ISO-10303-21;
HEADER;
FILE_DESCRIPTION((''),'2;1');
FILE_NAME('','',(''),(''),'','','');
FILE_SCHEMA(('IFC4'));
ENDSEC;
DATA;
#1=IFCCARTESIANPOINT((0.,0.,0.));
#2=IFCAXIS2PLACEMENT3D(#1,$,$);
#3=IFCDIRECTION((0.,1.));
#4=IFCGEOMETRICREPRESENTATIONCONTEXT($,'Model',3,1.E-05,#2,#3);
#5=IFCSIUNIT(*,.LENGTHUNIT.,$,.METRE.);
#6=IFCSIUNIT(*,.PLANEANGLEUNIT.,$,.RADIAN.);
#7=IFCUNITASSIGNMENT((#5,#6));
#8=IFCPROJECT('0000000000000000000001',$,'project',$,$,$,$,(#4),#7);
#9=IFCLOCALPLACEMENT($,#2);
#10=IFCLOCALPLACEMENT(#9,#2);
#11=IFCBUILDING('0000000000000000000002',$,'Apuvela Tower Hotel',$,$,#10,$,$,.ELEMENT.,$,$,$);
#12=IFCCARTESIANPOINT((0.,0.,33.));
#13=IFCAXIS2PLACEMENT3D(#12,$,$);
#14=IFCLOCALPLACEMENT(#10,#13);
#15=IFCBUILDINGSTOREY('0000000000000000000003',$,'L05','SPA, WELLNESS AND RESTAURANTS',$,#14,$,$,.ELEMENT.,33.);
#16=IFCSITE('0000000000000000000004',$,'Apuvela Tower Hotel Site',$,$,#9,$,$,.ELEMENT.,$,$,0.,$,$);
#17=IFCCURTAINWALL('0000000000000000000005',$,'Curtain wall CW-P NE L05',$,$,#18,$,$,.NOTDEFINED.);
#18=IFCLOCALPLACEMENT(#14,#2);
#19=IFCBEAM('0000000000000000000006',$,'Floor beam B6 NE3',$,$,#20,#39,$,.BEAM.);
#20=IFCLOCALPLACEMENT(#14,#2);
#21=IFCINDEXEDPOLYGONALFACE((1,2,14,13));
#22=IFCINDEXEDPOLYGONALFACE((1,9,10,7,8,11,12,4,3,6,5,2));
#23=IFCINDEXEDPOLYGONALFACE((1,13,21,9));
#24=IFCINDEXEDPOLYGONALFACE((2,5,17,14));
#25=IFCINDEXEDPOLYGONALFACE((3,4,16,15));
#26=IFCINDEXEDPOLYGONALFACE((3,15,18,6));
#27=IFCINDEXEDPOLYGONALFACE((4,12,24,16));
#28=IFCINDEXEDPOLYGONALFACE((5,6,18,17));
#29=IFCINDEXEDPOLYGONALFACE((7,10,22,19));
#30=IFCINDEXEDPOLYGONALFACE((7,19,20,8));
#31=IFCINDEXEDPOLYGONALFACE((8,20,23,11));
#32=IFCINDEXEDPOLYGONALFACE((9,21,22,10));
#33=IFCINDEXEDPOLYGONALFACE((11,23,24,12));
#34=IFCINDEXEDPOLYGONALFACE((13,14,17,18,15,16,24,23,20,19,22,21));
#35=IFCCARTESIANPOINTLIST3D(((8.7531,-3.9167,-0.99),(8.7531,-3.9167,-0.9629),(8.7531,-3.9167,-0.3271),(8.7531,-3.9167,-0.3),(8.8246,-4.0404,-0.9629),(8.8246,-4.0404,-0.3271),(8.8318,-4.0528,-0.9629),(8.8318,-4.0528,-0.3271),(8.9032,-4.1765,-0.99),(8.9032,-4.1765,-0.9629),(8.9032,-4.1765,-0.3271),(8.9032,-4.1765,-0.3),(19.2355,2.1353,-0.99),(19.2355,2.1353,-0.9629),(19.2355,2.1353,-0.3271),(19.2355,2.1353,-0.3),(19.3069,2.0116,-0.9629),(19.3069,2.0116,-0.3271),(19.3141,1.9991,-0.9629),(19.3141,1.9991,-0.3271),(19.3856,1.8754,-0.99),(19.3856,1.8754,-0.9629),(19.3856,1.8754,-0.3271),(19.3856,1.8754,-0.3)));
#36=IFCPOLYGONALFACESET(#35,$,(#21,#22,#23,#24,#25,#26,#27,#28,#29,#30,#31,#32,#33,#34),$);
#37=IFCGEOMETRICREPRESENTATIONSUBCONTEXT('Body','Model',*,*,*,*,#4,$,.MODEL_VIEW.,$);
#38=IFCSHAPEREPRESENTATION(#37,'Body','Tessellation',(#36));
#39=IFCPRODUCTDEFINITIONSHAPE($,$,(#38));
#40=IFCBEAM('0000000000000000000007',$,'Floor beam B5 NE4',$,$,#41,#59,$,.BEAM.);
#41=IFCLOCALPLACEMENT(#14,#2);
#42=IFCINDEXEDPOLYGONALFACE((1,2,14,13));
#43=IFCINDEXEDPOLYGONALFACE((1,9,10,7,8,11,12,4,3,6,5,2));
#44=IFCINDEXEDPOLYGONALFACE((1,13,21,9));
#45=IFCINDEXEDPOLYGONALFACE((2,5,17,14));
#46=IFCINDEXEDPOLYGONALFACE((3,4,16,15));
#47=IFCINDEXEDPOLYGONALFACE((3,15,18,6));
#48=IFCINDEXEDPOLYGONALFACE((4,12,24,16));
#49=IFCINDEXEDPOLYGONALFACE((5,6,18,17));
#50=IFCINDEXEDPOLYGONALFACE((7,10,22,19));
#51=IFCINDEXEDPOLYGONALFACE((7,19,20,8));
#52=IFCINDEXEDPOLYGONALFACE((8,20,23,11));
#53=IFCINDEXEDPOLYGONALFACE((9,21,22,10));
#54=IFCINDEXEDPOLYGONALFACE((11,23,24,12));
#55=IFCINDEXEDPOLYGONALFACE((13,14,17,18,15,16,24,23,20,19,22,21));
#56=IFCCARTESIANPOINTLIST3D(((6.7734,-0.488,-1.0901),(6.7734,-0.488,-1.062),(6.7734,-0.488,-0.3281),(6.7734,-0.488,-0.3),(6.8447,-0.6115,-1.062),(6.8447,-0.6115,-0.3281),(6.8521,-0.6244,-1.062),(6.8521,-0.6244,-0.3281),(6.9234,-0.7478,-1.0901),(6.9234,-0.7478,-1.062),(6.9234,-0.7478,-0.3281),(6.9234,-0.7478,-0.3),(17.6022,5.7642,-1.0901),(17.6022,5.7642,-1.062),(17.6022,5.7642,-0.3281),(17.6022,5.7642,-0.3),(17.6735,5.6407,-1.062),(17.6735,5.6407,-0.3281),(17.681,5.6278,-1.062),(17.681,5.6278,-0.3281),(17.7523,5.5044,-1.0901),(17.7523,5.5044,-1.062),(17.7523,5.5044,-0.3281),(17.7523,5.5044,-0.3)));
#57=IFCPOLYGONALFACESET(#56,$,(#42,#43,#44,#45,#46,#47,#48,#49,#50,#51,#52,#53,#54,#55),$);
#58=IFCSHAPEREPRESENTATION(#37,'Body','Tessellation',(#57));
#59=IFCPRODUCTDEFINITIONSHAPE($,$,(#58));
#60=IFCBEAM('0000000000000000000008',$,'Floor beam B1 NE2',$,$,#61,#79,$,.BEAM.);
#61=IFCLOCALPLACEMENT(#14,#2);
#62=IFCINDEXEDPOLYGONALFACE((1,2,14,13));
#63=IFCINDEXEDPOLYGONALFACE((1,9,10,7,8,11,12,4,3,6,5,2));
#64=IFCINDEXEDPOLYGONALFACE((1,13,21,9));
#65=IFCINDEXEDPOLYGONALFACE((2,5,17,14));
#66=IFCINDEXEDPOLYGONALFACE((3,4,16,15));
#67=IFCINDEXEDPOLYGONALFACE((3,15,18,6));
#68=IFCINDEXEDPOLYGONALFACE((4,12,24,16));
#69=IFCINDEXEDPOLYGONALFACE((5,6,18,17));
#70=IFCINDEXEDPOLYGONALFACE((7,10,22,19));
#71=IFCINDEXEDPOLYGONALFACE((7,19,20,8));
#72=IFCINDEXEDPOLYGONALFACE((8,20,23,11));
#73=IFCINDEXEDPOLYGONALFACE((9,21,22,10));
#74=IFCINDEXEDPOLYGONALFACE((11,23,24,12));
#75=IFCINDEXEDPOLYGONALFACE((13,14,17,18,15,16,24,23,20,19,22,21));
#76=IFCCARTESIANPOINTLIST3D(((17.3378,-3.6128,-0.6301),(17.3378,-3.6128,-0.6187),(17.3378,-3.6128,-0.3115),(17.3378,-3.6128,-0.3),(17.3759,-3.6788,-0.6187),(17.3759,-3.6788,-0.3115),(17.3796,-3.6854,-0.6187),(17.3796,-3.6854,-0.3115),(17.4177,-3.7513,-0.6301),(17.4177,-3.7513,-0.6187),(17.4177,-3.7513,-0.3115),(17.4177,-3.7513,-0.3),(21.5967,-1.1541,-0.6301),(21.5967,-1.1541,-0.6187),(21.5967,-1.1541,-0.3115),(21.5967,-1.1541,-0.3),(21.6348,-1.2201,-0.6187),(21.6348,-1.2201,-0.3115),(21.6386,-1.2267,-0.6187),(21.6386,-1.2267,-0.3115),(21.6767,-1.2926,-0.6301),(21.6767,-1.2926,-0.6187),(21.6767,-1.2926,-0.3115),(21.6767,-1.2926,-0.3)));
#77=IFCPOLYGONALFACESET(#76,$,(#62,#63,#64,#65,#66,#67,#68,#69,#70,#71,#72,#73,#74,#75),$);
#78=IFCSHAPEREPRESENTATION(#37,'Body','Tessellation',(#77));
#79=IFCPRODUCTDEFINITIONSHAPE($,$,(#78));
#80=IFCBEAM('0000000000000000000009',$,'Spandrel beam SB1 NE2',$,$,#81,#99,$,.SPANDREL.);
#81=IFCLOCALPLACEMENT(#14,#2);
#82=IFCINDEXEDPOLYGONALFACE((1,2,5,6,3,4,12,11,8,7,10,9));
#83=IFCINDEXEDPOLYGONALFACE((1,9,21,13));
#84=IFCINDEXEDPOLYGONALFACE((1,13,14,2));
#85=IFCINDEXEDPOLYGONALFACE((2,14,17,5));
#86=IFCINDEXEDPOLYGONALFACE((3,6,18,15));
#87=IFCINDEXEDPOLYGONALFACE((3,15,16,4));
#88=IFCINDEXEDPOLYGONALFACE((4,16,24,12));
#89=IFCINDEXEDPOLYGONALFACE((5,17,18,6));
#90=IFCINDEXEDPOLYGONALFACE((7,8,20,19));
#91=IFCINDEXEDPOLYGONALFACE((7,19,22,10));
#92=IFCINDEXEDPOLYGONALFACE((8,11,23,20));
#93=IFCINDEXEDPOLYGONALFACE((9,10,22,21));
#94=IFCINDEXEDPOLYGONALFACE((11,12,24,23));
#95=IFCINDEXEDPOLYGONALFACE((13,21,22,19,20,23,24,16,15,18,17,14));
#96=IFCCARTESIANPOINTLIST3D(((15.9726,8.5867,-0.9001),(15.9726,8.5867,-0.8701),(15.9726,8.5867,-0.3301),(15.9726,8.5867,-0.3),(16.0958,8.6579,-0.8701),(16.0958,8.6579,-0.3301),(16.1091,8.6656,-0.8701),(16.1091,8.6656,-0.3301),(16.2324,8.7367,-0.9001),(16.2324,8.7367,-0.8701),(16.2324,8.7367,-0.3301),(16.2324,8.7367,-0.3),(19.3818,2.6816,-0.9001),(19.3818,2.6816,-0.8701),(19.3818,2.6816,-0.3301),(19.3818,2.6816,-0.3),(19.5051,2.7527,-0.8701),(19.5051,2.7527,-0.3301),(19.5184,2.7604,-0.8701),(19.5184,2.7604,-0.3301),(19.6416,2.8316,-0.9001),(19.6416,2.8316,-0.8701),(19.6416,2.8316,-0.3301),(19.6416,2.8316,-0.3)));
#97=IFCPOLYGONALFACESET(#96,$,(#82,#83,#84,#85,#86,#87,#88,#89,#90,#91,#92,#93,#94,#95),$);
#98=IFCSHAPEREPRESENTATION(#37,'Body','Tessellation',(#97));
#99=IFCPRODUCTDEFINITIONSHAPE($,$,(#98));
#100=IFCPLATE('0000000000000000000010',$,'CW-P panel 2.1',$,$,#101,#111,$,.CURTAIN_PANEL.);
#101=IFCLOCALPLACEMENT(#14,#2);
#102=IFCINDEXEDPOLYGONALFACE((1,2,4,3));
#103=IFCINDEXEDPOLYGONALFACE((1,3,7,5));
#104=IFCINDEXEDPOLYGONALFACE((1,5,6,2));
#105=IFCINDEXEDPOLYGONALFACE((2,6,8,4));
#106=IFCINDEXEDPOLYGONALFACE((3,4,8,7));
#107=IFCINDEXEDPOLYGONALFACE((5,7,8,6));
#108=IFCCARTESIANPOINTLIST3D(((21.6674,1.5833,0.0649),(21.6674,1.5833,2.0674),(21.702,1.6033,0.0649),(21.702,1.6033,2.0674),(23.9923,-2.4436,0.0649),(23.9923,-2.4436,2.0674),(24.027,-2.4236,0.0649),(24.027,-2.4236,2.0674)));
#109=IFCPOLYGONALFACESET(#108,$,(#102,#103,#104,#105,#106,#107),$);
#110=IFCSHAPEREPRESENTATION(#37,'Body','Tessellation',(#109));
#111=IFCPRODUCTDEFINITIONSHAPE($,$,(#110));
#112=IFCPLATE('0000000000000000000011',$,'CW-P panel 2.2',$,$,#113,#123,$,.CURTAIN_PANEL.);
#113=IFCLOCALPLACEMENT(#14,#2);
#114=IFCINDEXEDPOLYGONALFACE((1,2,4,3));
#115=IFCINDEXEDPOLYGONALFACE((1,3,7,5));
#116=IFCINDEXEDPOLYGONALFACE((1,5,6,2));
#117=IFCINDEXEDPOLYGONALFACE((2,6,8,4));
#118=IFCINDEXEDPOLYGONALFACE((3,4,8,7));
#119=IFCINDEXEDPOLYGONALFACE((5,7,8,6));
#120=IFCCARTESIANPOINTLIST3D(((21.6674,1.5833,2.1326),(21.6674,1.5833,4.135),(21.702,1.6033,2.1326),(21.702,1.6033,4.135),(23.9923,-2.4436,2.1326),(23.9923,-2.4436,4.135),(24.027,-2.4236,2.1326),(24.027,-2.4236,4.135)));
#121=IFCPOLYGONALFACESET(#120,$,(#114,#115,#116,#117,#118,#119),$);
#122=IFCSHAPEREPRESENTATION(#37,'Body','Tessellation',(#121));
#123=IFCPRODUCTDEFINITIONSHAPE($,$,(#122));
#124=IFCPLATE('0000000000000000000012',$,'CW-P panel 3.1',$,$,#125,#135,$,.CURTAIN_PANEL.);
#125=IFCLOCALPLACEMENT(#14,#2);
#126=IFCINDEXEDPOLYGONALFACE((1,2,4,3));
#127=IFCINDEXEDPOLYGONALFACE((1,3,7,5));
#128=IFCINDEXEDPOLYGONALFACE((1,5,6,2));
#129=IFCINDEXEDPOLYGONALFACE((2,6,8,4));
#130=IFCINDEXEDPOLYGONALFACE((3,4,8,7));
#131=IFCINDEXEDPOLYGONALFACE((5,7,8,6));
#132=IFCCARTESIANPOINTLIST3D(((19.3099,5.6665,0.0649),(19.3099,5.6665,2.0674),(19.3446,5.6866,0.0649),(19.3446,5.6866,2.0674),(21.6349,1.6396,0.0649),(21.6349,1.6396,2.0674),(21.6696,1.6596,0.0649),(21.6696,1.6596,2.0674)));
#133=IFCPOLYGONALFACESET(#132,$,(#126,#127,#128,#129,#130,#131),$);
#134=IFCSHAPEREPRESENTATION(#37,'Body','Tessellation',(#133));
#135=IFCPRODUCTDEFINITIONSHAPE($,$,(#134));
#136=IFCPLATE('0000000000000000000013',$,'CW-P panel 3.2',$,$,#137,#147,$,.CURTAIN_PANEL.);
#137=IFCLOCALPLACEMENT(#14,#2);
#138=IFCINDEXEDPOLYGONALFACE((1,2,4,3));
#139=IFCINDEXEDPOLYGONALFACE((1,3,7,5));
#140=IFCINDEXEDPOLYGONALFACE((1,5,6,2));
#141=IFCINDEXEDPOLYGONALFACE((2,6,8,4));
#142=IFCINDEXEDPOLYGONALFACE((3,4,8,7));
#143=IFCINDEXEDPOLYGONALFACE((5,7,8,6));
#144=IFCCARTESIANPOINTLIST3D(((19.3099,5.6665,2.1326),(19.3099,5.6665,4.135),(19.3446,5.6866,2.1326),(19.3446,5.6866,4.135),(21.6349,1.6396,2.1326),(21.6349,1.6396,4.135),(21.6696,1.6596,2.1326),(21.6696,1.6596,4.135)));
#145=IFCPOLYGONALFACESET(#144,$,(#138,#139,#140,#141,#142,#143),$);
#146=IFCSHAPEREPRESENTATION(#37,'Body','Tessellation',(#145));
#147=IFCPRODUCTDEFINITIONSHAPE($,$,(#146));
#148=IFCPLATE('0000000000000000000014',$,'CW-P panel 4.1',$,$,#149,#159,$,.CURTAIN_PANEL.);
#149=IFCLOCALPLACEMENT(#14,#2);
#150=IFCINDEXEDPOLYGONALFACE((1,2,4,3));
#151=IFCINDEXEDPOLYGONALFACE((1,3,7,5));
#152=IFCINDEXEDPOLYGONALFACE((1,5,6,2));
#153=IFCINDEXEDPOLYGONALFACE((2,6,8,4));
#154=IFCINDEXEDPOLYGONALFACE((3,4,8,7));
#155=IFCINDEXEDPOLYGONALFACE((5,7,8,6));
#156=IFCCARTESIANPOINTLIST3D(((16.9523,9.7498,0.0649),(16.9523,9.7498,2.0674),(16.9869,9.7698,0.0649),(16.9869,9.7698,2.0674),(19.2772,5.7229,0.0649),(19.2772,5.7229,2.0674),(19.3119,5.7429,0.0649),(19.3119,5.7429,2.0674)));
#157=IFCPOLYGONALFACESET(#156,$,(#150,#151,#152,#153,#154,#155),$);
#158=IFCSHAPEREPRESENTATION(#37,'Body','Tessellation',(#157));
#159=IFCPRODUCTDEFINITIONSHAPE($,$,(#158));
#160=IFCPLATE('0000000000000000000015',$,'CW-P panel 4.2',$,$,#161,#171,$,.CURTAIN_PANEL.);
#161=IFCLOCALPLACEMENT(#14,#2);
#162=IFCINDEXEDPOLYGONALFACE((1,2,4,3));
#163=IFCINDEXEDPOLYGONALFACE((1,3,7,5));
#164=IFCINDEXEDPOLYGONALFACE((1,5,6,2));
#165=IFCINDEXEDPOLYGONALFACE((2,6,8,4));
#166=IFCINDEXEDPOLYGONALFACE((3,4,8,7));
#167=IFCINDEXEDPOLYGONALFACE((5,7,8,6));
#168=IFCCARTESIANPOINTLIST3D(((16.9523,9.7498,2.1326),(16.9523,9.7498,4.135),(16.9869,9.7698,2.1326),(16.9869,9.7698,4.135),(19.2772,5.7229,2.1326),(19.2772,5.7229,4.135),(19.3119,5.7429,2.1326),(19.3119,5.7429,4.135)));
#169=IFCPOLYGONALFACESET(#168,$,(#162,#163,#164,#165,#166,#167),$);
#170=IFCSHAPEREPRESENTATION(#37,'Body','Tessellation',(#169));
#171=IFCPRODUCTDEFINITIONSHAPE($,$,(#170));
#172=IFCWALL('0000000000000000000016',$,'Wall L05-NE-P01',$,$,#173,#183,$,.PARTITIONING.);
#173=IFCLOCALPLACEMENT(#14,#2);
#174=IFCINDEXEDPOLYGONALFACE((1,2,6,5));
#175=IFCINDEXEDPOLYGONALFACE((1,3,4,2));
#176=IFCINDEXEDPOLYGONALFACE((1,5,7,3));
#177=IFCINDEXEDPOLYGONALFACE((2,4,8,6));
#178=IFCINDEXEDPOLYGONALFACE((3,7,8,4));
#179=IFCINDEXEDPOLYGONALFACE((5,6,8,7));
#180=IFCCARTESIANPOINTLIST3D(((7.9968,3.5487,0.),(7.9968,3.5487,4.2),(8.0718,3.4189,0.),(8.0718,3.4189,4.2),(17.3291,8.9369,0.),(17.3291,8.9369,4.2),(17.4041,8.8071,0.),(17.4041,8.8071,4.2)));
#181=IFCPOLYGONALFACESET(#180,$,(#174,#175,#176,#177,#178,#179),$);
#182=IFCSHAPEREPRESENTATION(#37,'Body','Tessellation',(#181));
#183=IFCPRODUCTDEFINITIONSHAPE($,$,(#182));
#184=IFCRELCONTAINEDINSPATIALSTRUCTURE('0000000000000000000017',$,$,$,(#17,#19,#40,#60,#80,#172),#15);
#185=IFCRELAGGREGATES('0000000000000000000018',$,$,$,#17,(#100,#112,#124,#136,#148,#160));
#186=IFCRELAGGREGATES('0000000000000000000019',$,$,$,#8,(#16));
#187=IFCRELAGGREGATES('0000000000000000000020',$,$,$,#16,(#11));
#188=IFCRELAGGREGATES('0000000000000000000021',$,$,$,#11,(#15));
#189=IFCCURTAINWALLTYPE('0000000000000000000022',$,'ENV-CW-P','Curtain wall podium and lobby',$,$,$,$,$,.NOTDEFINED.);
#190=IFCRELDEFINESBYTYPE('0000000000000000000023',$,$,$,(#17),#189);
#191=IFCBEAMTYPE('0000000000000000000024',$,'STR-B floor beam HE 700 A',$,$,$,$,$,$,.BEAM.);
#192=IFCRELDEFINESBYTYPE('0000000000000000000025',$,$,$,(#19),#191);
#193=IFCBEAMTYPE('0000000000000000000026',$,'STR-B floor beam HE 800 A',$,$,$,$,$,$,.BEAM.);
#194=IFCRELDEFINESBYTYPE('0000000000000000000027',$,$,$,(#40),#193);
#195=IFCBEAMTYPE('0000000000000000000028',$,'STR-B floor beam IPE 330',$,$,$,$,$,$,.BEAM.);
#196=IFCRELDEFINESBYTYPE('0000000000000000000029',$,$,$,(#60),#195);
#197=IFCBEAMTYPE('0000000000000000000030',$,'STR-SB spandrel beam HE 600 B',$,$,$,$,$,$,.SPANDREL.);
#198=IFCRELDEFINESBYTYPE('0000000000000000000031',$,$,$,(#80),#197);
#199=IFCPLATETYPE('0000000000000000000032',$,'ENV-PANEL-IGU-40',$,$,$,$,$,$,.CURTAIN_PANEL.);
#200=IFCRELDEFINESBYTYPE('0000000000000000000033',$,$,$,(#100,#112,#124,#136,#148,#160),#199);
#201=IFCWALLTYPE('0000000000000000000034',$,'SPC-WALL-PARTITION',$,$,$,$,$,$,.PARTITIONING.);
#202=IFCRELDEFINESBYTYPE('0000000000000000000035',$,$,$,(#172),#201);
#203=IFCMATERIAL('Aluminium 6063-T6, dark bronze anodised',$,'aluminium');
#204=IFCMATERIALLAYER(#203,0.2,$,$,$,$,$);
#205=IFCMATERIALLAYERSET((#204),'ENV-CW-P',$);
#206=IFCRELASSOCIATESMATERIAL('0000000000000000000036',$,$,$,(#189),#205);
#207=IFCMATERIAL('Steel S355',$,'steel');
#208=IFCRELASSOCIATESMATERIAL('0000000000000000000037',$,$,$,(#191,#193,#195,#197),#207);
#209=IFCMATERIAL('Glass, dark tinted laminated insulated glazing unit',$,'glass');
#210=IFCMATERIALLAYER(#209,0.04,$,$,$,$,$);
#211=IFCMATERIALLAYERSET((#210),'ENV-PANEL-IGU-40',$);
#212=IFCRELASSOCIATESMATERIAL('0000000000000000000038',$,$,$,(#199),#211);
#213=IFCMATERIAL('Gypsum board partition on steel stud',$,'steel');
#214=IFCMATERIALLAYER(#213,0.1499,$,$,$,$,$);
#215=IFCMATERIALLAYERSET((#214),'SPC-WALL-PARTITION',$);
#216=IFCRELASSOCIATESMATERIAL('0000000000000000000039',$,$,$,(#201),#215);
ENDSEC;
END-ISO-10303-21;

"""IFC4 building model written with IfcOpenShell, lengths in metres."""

from ifc_helpers import new_model, si_unit, direction, frame, frame_2d, origin, origin_2d, place, context, subcontext, project, spatial, rectangle, i_section, extrude, material, layer, layer_set, material_profile, profile_set, type_object, element, aggregate, save


model = new_model("IFC4")

# Units and contexts
model_context = context("Model", 3, precision=1e-05, world=origin(), true_north=direction((0.0, 1.0)))
body_context = subcontext(model_context, "Body", "Model", "MODEL_VIEW")
ifc_project = project(units=[si_unit("LENGTHUNIT", "METRE"), si_unit("PLANEANGLEUNIT", "RADIAN")], contexts=[model_context])

# Site, building, storey
site_placement = place(None, origin())
site = spatial("IfcSite", under=ifc_project, at=site_placement, Name="Apuvela Tower Hotel Site", CompositionType="ELEMENT", RefElevation=0.0)
building_placement = place(site_placement, origin())
building = spatial("IfcBuilding", under=site, at=building_placement, Name="Apuvela Tower Hotel", CompositionType="ELEMENT")
storey_placement = place(building_placement, frame((0.0, 0.0, 33.0)))
storey = spatial("IfcBuildingStorey", under=building, at=storey_placement, Name="L05", Description="SPA, WELLNESS AND RESTAURANTS", CompositionType="ELEMENT", Elevation=33.0)

# Curtain wall
ifc_material_1 = material(Name="Aluminium 6063-T6, dark bronze anodised", Category="aluminium")
ifc_layer_1 = layer(ifc_material_1, 0.2)
ifc_layer_set_1 = layer_set([ifc_layer_1], Name="ENV-CW-P")
curtain_wall_type = type_object("IfcCurtainWallType", Name="ENV-CW-P", Description="Curtain wall podium and lobby", PredefinedType="NOTDEFINED", material=ifc_layer_set_1)
curtain_wall_placement = place(storey_placement, origin())
curtain_wall = element("IfcCurtainWall", 1, at=curtain_wall_placement, inside=storey, type_object=curtain_wall_type, Name="Curtain wall CW-P NE L05", PredefinedType="NOTDEFINED")

# Beams
ifc_material_2 = material(Name="Steel S355", Category="steel")
ifc_material_profile_1 = material_profile(ifc_material_2, i_section(OverallWidth=0.3, OverallDepth=0.6899, WebThickness=0.0144, FlangeThickness=0.0271, at=origin_2d()), Name="HE 700 A")
ifc_profile_set_1 = profile_set([ifc_material_profile_1], Name="Steel S355")
beam_type_1 = type_object("IfcBeamType", Name="STR-B floor beam HE 700 A", PredefinedType="BEAM", material=ifc_profile_set_1)
beam_1_placement = place(storey_placement, frame((19.3105, 2.0054, -0.645), z_axis=(-0.866026, -0.499998, 0.0), x_axis=(0.499998, -0.866026, 0.0)))
element("IfcBeam", 2, at=beam_1_placement, inside=storey, type_object=beam_type_1, Name="Floor beam B6 NE3", PredefinedType="BEAM", context=body_context, shape_type="SweptSolid", body=[
    extrude(i_section(OverallWidth=0.3, OverallDepth=0.6899, WebThickness=0.0144, FlangeThickness=0.0271, at=origin_2d()), origin(), (0.0, 0.0, 1.0), 12.104),
])
ifc_material_profile_2 = material_profile(ifc_material_2, i_section(OverallWidth=0.3, OverallDepth=0.79, WebThickness=0.0149, FlangeThickness=0.0281, at=origin_2d()), Name="HE 800 A")
ifc_profile_set_2 = profile_set([ifc_material_profile_2], Name="Steel S355")
beam_type_2 = type_object("IfcBeamType", Name="STR-B floor beam HE 800 A", PredefinedType="BEAM", material=ifc_profile_set_2)
beam_2_placement = place(storey_placement, frame((17.6772, 5.6343, -0.6951), z_axis=(-0.86602, -0.500009, 0.0), x_axis=(0.500009, -0.86602, 0.0)))
element("IfcBeam", 3, at=beam_2_placement, inside=storey, type_object=beam_type_2, Name="Floor beam B5 NE4", PredefinedType="BEAM", context=body_context, shape_type="SweptSolid", body=[
    extrude(i_section(OverallWidth=0.3, OverallDepth=0.79, WebThickness=0.0149, FlangeThickness=0.0281, at=origin_2d()), origin(), (0.0, 0.0, 1.0), 12.5042),
])
ifc_material_profile_3 = material_profile(ifc_material_2, i_section(OverallWidth=0.1599, OverallDepth=0.3301, WebThickness=0.0076, FlangeThickness=0.0115, at=origin_2d()), Name="IPE 330")
ifc_profile_set_3 = profile_set([ifc_material_profile_3], Name="Steel S355")
beam_type_3 = type_object("IfcBeamType", Name="STR-B floor beam IPE 330", PredefinedType="BEAM", material=ifc_profile_set_3)
beam_3_placement = place(storey_placement, frame((21.6367, -1.2234, -0.4651), z_axis=(-0.866044, -0.499967, 0.0), x_axis=(0.499967, -0.866044, 0.0)))
element("IfcBeam", 4, at=beam_3_placement, inside=storey, type_object=beam_type_3, Name="Floor beam B1 NE2", PredefinedType="BEAM", context=body_context, shape_type="SweptSolid", body=[
    extrude(i_section(OverallWidth=0.1599, OverallDepth=0.3301, WebThickness=0.0076, FlangeThickness=0.0115, at=origin_2d()), origin(), (0.0, 0.0, 1.0), 4.9177),
])
ifc_material_profile_4 = material_profile(ifc_material_2, i_section(OverallWidth=0.3, OverallDepth=0.6001, WebThickness=0.0154, FlangeThickness=0.03, at=origin_2d()), Name="HE 600 B")
ifc_profile_set_4 = profile_set([ifc_material_profile_4], Name="Steel S355")
beam_type_4 = type_object("IfcBeamType", Name="STR-SB spandrel beam HE 600 B", PredefinedType="SPANDREL", material=ifc_profile_set_4)
beam_4_placement = place(storey_placement, frame((19.5117, 2.7566, -0.6001), z_axis=(-0.49999, 0.866031, 0.0), x_axis=(-0.866031, -0.49999, 0.0)))
element("IfcBeam", 5, at=beam_4_placement, inside=storey, type_object=beam_type_4, Name="Spandrel beam SB1 NE2", PredefinedType="SPANDREL", context=body_context, shape_type="SweptSolid", body=[
    extrude(i_section(OverallWidth=0.3, OverallDepth=0.6001, WebThickness=0.0154, FlangeThickness=0.03, at=origin_2d()), origin(), (0.0, 0.0, 1.0), 6.8186),
])

# Plates
ifc_material_3 = material(Name="Glass, dark tinted laminated insulated glazing unit", Category="glass")
ifc_layer_2 = layer(ifc_material_3, 0.04)
ifc_layer_set_2 = layer_set([ifc_layer_2], Name="ENV-PANEL-IGU-40")
plate_type = type_object("IfcPlateType", Name="ENV-PANEL-IGU-40", PredefinedType="CURTAIN_PANEL", material=ifc_layer_set_2)
plate_1_placement = place(storey_placement, frame((22.8472, -0.4202, 0.0649), z_axis=(0.0, 0.0, 1.0), x_axis=(-0.5, 0.866026, 0.0)))
plate_1 = element("IfcPlate", 6, at=plate_1_placement, type_object=plate_type, Name="CW-P panel 2.1", PredefinedType="CURTAIN_PANEL", context=body_context, shape_type="SweptSolid", body=[
    extrude(rectangle(XDim=4.6499, YDim=0.04, at=origin_2d()), origin(), (0.0, 0.0, 1.0), 2.0024),
])
plate_2_placement = place(storey_placement, frame((22.8472, -0.4202, 2.1326), z_axis=(0.0, 0.0, 1.0), x_axis=(-0.5, 0.866026, 0.0)))
plate_2 = element("IfcPlate", 7, at=plate_2_placement, type_object=plate_type, Name="CW-P panel 2.2", PredefinedType="CURTAIN_PANEL", context=body_context, shape_type="SweptSolid", body=[
    extrude(rectangle(XDim=4.6499, YDim=0.04, at=origin_2d()), origin(), (0.0, 0.0, 1.0), 2.0024),
])
plate_3_placement = place(storey_placement, frame((20.4897, 3.6631, 0.0649), z_axis=(0.0, 0.0, 1.0), x_axis=(-0.5, 0.866026, 0.0)))
plate_3 = element("IfcPlate", 8, at=plate_3_placement, type_object=plate_type, Name="CW-P panel 3.1", PredefinedType="CURTAIN_PANEL", context=body_context, shape_type="SweptSolid", body=[
    extrude(rectangle(XDim=4.6499, YDim=0.04, at=origin_2d()), origin(), (0.0, 0.0, 1.0), 2.0024),
])
plate_4_placement = place(storey_placement, frame((20.4897, 3.6631, 2.1326), z_axis=(0.0, 0.0, 1.0), x_axis=(-0.5, 0.866026, 0.0)))
plate_4 = element("IfcPlate", 9, at=plate_4_placement, type_object=plate_type, Name="CW-P panel 3.2", PredefinedType="CURTAIN_PANEL", context=body_context, shape_type="SweptSolid", body=[
    extrude(rectangle(XDim=4.6499, YDim=0.04, at=origin_2d()), origin(), (0.0, 0.0, 1.0), 2.0024),
])
plate_5_placement = place(storey_placement, frame((18.1321, 7.7463, 0.0649), z_axis=(0.0, 0.0, 1.0), x_axis=(-0.5, 0.866026, 0.0)))
plate_5 = element("IfcPlate", 10, at=plate_5_placement, type_object=plate_type, Name="CW-P panel 4.1", PredefinedType="CURTAIN_PANEL", context=body_context, shape_type="SweptSolid", body=[
    extrude(rectangle(XDim=4.6499, YDim=0.04, at=origin_2d()), origin(), (0.0, 0.0, 1.0), 2.0024),
])
plate_6_placement = place(storey_placement, frame((18.1321, 7.7463, 2.1326), z_axis=(0.0, 0.0, 1.0), x_axis=(-0.5, 0.866026, 0.0)))
plate_6 = element("IfcPlate", 11, at=plate_6_placement, type_object=plate_type, Name="CW-P panel 4.2", PredefinedType="CURTAIN_PANEL", context=body_context, shape_type="SweptSolid", body=[
    extrude(rectangle(XDim=4.6499, YDim=0.04, at=origin_2d()), origin(), (0.0, 0.0, 1.0), 2.0024),
])
aggregate(curtain_wall, [plate_1, plate_2, plate_3, plate_4, plate_5, plate_6])

# Wall
ifc_material_4 = material(Name="Gypsum board partition on steel stud", Category="steel")
ifc_layer_3 = layer(ifc_material_4, 0.1499)
ifc_layer_set_3 = layer_set([ifc_layer_3], Name="SPC-WALL-PARTITION")
wall_type = type_object("IfcWallType", Name="SPC-WALL-PARTITION", PredefinedType="PARTITIONING", material=ifc_layer_set_3)
wall_placement = place(storey_placement, frame((17.3667, 8.8721, 0.0), z_axis=(0.0, 0.0, 1.0), x_axis=(-0.866018, -0.500013, 0.0)))
element("IfcWall", 12, at=wall_placement, inside=storey, type_object=wall_type, Name="Wall L05-NE-P01", PredefinedType="PARTITIONING", context=body_context, shape_type="SweptSolid", body=[
    extrude(rectangle(XDim=10.7761, YDim=0.1499, at=frame_2d((5.3882, 0.0))), origin(), (0.0, 0.0, 1.0), 4.2),
])

save(model, "model.ifc")
